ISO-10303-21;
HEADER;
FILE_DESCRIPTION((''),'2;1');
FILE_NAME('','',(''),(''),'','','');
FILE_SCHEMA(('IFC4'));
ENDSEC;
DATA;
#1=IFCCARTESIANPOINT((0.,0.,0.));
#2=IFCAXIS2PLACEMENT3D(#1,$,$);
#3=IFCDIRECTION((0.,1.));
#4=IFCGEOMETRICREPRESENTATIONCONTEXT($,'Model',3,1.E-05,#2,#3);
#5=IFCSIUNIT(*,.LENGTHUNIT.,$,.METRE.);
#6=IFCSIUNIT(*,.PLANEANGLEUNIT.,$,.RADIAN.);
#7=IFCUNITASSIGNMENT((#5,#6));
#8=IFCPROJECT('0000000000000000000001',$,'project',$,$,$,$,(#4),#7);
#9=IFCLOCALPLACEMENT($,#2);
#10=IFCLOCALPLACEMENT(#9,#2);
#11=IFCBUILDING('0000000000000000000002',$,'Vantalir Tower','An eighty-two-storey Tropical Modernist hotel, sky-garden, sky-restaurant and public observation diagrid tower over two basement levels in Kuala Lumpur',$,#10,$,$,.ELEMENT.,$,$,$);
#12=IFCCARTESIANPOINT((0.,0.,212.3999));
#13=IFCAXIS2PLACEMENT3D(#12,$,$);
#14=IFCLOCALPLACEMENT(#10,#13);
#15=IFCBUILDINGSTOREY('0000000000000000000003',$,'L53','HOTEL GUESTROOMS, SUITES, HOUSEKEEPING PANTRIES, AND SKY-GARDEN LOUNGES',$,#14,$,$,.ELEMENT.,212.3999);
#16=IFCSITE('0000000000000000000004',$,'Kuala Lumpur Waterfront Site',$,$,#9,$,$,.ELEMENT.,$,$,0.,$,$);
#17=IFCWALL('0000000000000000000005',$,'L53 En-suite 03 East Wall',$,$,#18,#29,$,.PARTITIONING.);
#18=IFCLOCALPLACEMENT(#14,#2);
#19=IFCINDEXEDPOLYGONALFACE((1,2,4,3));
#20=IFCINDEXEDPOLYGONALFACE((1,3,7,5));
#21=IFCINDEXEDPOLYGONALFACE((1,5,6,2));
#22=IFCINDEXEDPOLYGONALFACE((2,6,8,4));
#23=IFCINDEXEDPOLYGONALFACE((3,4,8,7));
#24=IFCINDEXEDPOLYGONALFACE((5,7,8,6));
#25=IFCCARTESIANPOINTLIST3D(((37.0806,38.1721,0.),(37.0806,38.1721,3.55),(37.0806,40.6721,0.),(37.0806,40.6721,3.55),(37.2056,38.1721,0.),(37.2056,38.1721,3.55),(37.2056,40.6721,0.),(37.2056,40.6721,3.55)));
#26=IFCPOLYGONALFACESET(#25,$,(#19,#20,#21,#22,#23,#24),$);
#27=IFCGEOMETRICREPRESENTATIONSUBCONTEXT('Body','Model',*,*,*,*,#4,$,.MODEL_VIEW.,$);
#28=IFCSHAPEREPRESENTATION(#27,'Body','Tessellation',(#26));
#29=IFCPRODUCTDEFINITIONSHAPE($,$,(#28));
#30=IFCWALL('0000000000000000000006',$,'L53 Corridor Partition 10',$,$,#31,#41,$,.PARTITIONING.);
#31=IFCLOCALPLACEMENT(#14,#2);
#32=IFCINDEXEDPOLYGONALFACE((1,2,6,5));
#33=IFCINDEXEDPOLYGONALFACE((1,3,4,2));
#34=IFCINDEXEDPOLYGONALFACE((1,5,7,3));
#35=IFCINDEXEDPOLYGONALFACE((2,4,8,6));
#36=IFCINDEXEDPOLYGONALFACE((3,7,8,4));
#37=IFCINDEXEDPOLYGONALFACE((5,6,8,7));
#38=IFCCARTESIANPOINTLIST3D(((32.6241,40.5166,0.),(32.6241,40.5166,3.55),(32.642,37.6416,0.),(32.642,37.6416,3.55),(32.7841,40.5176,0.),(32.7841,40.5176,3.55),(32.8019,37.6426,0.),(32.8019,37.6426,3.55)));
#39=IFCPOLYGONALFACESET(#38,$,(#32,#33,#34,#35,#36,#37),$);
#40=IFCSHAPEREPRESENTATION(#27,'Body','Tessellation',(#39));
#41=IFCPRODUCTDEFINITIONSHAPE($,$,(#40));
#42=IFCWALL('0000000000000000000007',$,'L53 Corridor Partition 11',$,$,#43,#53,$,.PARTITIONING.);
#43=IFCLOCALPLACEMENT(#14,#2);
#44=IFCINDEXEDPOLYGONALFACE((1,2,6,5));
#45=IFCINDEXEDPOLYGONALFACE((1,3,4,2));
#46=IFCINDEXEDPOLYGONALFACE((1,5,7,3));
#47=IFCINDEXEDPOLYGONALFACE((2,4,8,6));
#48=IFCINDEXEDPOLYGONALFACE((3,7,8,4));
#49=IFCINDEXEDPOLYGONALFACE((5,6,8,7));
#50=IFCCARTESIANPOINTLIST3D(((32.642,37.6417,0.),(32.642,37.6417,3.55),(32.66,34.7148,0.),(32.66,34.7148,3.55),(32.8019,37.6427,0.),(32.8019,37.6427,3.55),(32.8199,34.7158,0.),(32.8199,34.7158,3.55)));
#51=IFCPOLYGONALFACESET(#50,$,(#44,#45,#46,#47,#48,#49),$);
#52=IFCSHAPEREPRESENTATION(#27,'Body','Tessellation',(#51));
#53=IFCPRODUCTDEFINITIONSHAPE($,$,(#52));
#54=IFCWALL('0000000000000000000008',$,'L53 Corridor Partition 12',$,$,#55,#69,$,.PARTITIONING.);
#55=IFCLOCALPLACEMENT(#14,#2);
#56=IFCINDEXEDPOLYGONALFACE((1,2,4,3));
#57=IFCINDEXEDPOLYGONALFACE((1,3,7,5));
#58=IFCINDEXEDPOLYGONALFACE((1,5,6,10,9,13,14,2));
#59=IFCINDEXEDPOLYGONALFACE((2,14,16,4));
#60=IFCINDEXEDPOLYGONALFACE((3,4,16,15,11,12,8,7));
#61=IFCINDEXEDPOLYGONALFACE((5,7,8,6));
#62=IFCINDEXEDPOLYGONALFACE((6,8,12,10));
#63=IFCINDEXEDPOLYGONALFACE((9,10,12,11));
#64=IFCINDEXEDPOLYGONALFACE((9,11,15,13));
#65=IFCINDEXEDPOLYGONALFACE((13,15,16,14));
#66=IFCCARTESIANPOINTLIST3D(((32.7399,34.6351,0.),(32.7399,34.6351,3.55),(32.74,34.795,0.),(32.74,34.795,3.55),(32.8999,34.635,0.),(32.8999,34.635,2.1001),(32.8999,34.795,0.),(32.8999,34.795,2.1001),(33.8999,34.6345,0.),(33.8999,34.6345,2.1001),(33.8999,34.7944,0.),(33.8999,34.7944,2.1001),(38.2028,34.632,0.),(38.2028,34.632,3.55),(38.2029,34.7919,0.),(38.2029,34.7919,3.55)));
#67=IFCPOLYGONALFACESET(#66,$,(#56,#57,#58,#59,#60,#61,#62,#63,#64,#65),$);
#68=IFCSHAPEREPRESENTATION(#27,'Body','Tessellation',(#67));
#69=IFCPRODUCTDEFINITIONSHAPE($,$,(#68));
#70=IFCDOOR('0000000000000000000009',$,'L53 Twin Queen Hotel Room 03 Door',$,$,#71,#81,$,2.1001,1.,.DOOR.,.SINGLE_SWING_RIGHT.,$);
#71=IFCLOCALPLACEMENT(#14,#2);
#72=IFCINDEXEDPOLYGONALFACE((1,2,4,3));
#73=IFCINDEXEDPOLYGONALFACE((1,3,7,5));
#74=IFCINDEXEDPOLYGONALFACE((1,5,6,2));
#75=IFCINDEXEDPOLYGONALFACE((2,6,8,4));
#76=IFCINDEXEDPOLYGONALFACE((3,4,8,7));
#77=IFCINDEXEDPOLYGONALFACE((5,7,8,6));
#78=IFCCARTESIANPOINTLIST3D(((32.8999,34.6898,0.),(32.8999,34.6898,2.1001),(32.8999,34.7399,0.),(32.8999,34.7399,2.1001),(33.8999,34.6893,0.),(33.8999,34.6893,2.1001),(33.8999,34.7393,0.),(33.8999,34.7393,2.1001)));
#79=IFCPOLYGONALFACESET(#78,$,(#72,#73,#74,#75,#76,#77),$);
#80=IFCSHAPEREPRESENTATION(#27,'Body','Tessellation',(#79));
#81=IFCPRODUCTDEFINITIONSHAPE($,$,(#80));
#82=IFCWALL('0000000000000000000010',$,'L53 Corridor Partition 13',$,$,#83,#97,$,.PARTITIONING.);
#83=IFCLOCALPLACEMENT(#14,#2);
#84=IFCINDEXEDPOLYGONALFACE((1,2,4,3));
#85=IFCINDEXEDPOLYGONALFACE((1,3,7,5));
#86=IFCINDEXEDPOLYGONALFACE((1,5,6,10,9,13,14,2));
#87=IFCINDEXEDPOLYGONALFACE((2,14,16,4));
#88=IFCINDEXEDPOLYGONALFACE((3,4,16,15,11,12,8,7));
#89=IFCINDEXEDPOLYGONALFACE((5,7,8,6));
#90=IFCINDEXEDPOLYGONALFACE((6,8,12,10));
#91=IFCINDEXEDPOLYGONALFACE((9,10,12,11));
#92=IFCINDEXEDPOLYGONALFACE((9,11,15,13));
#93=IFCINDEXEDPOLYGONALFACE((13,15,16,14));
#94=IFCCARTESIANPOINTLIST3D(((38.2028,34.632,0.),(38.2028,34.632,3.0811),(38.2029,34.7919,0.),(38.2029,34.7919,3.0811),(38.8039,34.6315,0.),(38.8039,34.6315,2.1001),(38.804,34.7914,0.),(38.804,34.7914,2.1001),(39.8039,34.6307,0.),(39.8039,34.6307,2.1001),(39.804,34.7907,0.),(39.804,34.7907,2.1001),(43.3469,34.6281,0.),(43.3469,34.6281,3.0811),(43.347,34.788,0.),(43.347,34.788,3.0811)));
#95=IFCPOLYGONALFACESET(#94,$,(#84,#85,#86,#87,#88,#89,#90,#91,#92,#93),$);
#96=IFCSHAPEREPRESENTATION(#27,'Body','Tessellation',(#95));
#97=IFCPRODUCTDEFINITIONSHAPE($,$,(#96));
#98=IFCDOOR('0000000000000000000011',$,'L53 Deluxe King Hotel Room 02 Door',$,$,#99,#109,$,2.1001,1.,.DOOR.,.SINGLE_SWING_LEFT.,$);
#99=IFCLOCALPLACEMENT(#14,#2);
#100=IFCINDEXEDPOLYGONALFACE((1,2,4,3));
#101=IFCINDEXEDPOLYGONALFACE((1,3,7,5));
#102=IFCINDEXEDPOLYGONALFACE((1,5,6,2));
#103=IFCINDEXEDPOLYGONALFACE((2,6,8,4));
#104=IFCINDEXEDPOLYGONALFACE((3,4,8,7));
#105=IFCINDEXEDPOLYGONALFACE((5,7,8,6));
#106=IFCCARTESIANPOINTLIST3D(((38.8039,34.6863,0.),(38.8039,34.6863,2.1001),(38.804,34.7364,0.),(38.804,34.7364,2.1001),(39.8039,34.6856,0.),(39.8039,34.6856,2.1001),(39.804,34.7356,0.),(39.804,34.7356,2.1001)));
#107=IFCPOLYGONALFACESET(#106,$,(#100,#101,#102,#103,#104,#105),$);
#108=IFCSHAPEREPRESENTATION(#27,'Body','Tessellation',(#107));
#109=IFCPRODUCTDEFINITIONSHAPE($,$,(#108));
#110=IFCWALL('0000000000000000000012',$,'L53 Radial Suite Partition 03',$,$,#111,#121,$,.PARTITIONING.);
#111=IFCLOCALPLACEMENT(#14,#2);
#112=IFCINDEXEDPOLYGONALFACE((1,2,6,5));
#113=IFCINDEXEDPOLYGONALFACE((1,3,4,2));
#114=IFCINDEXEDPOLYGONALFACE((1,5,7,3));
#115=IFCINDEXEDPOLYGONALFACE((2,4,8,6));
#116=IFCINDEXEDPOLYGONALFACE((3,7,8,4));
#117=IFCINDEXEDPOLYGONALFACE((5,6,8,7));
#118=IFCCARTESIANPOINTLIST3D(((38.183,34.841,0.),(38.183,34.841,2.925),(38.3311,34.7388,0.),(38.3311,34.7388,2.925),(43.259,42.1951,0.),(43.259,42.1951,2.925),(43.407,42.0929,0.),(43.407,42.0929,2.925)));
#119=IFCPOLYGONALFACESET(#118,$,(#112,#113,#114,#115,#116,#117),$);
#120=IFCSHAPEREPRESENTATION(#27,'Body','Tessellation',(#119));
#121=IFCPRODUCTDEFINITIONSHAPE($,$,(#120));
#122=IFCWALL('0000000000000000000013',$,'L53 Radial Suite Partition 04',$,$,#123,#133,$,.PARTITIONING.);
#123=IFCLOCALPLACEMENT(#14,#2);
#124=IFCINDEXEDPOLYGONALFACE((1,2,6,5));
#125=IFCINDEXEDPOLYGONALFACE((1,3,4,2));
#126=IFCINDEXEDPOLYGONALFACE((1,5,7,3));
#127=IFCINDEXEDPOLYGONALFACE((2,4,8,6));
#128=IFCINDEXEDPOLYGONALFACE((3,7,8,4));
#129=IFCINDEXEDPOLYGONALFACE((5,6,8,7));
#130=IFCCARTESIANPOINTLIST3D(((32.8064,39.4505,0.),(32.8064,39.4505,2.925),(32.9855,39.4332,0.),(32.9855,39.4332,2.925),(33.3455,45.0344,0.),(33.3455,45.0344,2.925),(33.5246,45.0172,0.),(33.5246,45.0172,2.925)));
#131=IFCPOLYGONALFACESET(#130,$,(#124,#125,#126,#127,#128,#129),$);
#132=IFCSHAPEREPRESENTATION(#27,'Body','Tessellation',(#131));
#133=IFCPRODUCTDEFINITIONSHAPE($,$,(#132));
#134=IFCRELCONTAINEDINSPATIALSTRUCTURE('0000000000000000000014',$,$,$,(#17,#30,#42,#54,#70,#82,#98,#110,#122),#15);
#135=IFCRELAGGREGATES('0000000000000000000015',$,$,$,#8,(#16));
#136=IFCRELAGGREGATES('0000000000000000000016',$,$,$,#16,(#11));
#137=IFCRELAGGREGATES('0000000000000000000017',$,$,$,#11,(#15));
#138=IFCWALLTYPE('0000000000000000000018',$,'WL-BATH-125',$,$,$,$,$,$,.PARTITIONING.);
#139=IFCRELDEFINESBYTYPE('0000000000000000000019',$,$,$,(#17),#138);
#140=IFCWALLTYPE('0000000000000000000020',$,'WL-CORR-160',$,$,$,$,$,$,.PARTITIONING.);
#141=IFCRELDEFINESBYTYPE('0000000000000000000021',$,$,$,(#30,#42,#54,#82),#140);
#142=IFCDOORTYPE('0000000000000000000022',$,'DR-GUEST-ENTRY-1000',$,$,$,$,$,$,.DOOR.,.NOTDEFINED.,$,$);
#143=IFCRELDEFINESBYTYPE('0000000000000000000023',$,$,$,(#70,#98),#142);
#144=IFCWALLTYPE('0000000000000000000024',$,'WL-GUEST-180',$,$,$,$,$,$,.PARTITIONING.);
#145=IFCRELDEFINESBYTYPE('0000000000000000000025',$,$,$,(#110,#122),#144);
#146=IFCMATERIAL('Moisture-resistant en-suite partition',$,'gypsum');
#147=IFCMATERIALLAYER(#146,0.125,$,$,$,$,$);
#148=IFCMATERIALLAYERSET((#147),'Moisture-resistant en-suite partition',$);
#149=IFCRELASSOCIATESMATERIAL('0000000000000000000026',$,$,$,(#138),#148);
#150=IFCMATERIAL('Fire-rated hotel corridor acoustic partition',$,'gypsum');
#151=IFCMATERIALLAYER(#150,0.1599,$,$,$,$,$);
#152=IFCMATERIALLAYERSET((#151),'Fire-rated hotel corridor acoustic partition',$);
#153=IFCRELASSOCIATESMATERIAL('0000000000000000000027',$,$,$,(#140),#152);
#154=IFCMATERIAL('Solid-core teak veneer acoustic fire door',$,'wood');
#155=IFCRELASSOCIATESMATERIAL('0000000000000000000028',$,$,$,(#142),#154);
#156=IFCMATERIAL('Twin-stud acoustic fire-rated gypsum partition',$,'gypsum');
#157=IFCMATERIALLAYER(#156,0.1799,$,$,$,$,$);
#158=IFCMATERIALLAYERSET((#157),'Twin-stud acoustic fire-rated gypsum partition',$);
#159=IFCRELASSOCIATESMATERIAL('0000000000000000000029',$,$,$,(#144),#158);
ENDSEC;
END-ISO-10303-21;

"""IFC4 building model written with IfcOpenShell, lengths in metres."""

from ifc_helpers import new_model, si_unit, direction, frame, frame_2d, origin, place, context, subcontext, project, spatial, rectangle, extrude, material, layer, layer_set, type_object, element, fill, save


model = new_model("IFC4")

# Units and contexts
model_context = context("Model", 3, precision=1e-05, world=origin(), true_north=direction((0.0, 1.0)))
body_context = subcontext(model_context, "Body", "Model", "MODEL_VIEW")
ifc_project = project(units=[si_unit("LENGTHUNIT", "METRE"), si_unit("PLANEANGLEUNIT", "RADIAN")], contexts=[model_context])

# Site, building, storey
site_placement = place(None, origin())
site = spatial("IfcSite", under=ifc_project, at=site_placement, Name="Kuala Lumpur Waterfront Site", CompositionType="ELEMENT", RefElevation=0.0)
building_placement = place(site_placement, origin())
building = spatial("IfcBuilding", under=site, at=building_placement, Name="Vantalir Tower", Description="An eighty-two-storey Tropical Modernist hotel, sky-garden, sky-restaurant and public observation diagrid tower over two basement levels in Kuala Lumpur", CompositionType="ELEMENT")
storey_placement = place(building_placement, frame((0.0, 0.0, 212.3999)))
storey = spatial("IfcBuildingStorey", under=building, at=storey_placement, Name="L53", Description="HOTEL GUESTROOMS, SUITES, HOUSEKEEPING PANTRIES, AND SKY-GARDEN LOUNGES", CompositionType="ELEMENT", Elevation=212.3999)

# Shared definitions
ifc_material_1 = material(Name="Moisture-resistant en-suite partition", Category="gypsum")
ifc_layer_1 = layer(ifc_material_1, 0.125)
ifc_layer_set_1 = layer_set([ifc_layer_1], Name="Moisture-resistant en-suite partition")
wall_type_1 = type_object("IfcWallType", Name="WL-BATH-125", PredefinedType="PARTITIONING", material=ifc_layer_set_1)

# Walls
for number, where, z_axis, x_axis, name in (
    (1, (37.1431, 38.1721, 0.0), (0.0, 0.0, 1.0), (0.0, 1.0, 0.0), "L53 En-suite 03 East Wall"),
):
    element("IfcWall", number, at=place(storey_placement, frame(where, z_axis=z_axis, x_axis=x_axis)), inside=storey, type_object=wall_type_1, Name=name, PredefinedType="PARTITIONING", context=body_context, shape_type="SweptSolid", body=[
        extrude(rectangle(XDim=2.5, YDim=0.125, at=frame_2d((1.25, 0.0))), origin(), (0.0, 0.0, 1.0), 3.55),
    ])
ifc_material_2 = material(Name="Fire-rated hotel corridor acoustic partition", Category="gypsum")
ifc_layer_2 = layer(ifc_material_2, 0.1599)
ifc_layer_set_2 = layer_set([ifc_layer_2], Name="Fire-rated hotel corridor acoustic partition")
wall_type_2 = type_object("IfcWallType", Name="WL-CORR-160", PredefinedType="PARTITIONING", material=ifc_layer_set_2)
wall_1_placement = place(storey_placement, frame((32.7041, 40.5171, 0.0), z_axis=(0.0, 0.0, 1.0), x_axis=(0.006199, -0.999981, 0.0)))
element("IfcWall", 2, at=wall_1_placement, inside=storey, type_object=wall_type_2, Name="L53 Corridor Partition 10", PredefinedType="PARTITIONING", context=body_context, shape_type="SweptSolid", body=[
    extrude(rectangle(XDim=2.875, YDim=0.1599, at=frame_2d((1.4375, 0.0))), origin(), (0.0, 0.0, 1.0), 3.55),
])
wall_2_placement = place(storey_placement, frame((32.7219, 37.6421, 0.0), z_axis=(0.0, 0.0, 1.0), x_axis=(0.006172, -0.999981, 0.0)))
element("IfcWall", 3, at=wall_2_placement, inside=storey, type_object=wall_type_2, Name="L53 Corridor Partition 11", PredefinedType="PARTITIONING", context=body_context, shape_type="SweptSolid", body=[
    extrude(rectangle(XDim=2.927, YDim=0.1599, at=frame_2d((1.4634, 0.0))), origin(), (0.0, 0.0, 1.0), 3.55),
])

# Walls, openings, doors
wall_3_placement = place(storey_placement, frame((32.74, 34.7151, 0.0), z_axis=(0.0, 0.0, 1.0), x_axis=(1.0, -0.000581, 0.0)))
wall_3 = element("IfcWall", 4, at=wall_3_placement, inside=storey, type_object=wall_type_2, Name="L53 Corridor Partition 12", PredefinedType="PARTITIONING", context=body_context, shape_type="SweptSolid", body=[
    extrude(rectangle(XDim=5.4629, YDim=0.1599, at=frame_2d((2.7314, 0.0))), origin(), (0.0, 0.0, 1.0), 3.55),
])
opening_1_placement = place(wall_3_placement, frame((0.1599, 0.0, 0.0)))
opening_1 = element("IfcOpeningElement", 5, at=opening_1_placement, cuts=wall_3, PredefinedType="OPENING", context=body_context, shape_type="SweptSolid", body=[
    extrude(rectangle(XDim=1.0, YDim=2.1001, at=frame_2d((0.5, 1.05))), frame((0.0, 0.0898, 0.0), z_axis=(0.0, -1.0, 0.0), x_axis=(1.0, 0.0, 0.0)), (0.0, 0.0, 1.0), 0.1799),
])
ifc_material_3 = material(Name="Solid-core teak veneer acoustic fire door", Category="wood")
door_type_1 = type_object("IfcDoorType", Name="DR-GUEST-ENTRY-1000", OperationType="NOTDEFINED", PredefinedType="DOOR", material=ifc_material_3)
door_1_placement = place(opening_1_placement, origin())
door_1 = element("IfcDoor", 6, at=door_1_placement, inside=storey, type_object=door_type_1, Name="L53 Twin Queen Hotel Room 03 Door", OperationType="SINGLE_SWING_RIGHT", OverallHeight=2.1001, OverallWidth=1.0, PredefinedType="DOOR", context=body_context, shape_type="SweptSolid", body=[
    extrude(rectangle(XDim=1.0, YDim=2.1001, at=frame_2d((0.5, 1.05))), frame((0.0, 0.0249, 0.0), z_axis=(0.0, -1.0, 0.0), x_axis=(1.0, 0.0, 0.0)), (0.0, 0.0, 1.0), 0.05),
])
fill(opening_1, door_1)
wall_4_placement = place(storey_placement, frame((38.2029, 34.7119, 0.0), z_axis=(0.0, 0.0, 1.0), x_axis=(1.0, -0.000759, 0.0)))
wall_4 = element("IfcWall", 7, at=wall_4_placement, inside=storey, type_object=wall_type_2, Name="L53 Corridor Partition 13", PredefinedType="PARTITIONING", context=body_context, shape_type="SweptSolid", body=[
    extrude(rectangle(XDim=5.144, YDim=0.1599, at=frame_2d((2.572, 0.0))), origin(), (0.0, 0.0, 1.0), 3.0811),
])
opening_2_placement = place(wall_4_placement, frame((0.6011, 0.0, 0.0)))
opening_2 = element("IfcOpeningElement", 8, at=opening_2_placement, cuts=wall_4, PredefinedType="OPENING", context=body_context, shape_type="SweptSolid", body=[
    extrude(rectangle(XDim=1.0, YDim=2.1001, at=frame_2d((0.5, 1.05))), frame((0.0, 0.0898, 0.0), z_axis=(0.0, -1.0, 0.0), x_axis=(1.0, 0.0, 0.0)), (0.0, 0.0, 1.0), 0.1799),
])
door_2_placement = place(opening_2_placement, origin())
door_2 = element("IfcDoor", 9, at=door_2_placement, inside=storey, type_object=door_type_1, Name="L53 Deluxe King Hotel Room 02 Door", OperationType="SINGLE_SWING_LEFT", OverallHeight=2.1001, OverallWidth=1.0, PredefinedType="DOOR", context=body_context, shape_type="SweptSolid", body=[
    extrude(rectangle(XDim=1.0, YDim=2.1001, at=frame_2d((0.5, 1.05))), frame((0.0, 0.0249, 0.0), z_axis=(0.0, -1.0, 0.0), x_axis=(1.0, 0.0, 0.0)), (0.0, 0.0, 1.0), 0.05),
])
fill(opening_2, door_2)

# Walls
ifc_material_4 = material(Name="Twin-stud acoustic fire-rated gypsum partition", Category="gypsum")
ifc_layer_3 = layer(ifc_material_4, 0.1799)
ifc_layer_set_3 = layer_set([ifc_layer_3], Name="Twin-stud acoustic fire-rated gypsum partition")
wall_type_3 = type_object("IfcWallType", Name="WL-GUEST-180", PredefinedType="PARTITIONING", material=ifc_layer_set_3)
wall_5_placement = place(storey_placement, frame((38.2571, 34.79, 0.0), z_axis=(0.0, 0.0, 1.0), x_axis=(0.568052, 0.822993, 0.0)))
element("IfcWall", 10, at=wall_5_placement, inside=storey, type_object=wall_type_3, Name="L53 Radial Suite Partition 03", PredefinedType="PARTITIONING", context=body_context, shape_type="SweptSolid", body=[
    extrude(rectangle(XDim=8.9358, YDim=0.1799, at=frame_2d((4.4678, 0.0))), origin(), (0.0, 0.0, 1.0), 2.925),
])
wall_6_placement = place(storey_placement, frame((32.896, 39.4419, 0.0), z_axis=(0.0, 0.0, 1.0), x_axis=(0.096091, 0.995373, 0.0)))
element("IfcWall", 11, at=wall_6_placement, inside=storey, type_object=wall_type_3, Name="L53 Radial Suite Partition 04", PredefinedType="PARTITIONING", context=body_context, shape_type="SweptSolid", body=[
    extrude(rectangle(XDim=5.6099, YDim=0.1799, at=frame_2d((2.8049, 0.0))), origin(), (0.0, 0.0, 1.0), 2.925),
])

save(model, "model.ifc")
